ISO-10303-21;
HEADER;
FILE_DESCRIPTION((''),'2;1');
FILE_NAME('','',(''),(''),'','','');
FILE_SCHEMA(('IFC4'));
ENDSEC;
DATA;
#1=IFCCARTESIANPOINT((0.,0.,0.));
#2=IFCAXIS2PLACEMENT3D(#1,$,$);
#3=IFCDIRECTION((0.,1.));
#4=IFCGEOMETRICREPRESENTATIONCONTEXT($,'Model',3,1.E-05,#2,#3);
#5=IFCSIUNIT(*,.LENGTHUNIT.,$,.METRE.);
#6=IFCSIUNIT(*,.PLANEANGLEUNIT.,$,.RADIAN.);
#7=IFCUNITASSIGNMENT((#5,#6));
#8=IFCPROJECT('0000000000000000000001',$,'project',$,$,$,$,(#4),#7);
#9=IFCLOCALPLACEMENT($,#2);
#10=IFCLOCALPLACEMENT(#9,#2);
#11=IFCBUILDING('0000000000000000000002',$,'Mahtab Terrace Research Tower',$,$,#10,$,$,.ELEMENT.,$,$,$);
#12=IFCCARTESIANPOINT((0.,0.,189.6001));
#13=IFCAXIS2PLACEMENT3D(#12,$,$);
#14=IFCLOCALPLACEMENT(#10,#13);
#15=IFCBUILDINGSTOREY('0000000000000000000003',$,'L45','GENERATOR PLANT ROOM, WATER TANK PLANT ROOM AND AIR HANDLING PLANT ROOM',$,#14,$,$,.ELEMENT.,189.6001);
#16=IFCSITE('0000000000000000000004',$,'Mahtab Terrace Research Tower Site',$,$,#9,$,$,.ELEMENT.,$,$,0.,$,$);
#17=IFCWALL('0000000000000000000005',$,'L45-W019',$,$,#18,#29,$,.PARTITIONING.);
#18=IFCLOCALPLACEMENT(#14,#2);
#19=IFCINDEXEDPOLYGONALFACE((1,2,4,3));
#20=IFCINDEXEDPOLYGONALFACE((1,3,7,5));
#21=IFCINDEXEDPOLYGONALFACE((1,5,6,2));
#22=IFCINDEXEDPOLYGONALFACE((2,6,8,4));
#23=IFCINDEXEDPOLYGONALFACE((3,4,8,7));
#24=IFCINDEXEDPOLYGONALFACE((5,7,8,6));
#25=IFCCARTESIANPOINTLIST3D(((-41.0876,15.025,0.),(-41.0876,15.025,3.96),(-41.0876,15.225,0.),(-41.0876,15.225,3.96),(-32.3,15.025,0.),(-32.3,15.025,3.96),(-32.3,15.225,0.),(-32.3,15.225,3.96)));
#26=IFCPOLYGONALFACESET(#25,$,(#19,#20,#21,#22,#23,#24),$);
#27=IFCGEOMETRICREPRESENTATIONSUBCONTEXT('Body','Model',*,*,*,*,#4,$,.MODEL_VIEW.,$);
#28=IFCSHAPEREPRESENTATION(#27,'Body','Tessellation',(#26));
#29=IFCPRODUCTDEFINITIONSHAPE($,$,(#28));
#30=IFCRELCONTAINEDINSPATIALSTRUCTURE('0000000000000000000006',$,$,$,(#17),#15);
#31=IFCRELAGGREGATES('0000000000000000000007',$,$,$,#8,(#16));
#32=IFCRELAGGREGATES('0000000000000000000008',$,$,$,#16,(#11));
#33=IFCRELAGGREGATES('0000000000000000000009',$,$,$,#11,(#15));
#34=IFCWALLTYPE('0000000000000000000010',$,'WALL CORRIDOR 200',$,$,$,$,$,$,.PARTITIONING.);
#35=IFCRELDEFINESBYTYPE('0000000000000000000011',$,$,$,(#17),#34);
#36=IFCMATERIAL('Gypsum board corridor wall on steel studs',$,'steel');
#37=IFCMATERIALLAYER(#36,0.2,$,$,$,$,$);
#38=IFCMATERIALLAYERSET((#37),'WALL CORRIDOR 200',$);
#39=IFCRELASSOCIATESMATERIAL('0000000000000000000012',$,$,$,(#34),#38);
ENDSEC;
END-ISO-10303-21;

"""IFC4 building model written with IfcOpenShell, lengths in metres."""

from ifc_helpers import new_model, si_unit, direction, frame, frame_2d, origin, place, context, subcontext, project, spatial, rectangle, extrude, material, layer, layer_set, type_object, element, save


model = new_model("IFC4")

# Units and contexts
model_context = context("Model", 3, precision=1e-05, world=origin(), true_north=direction((0.0, 1.0)))
body_context = subcontext(model_context, "Body", "Model", "MODEL_VIEW")
ifc_project = project(units=[si_unit("LENGTHUNIT", "METRE"), si_unit("PLANEANGLEUNIT", "RADIAN")], contexts=[model_context])

# Site, building, storey
site_placement = place(None, origin())
site = spatial("IfcSite", under=ifc_project, at=site_placement, Name="Mahtab Terrace Research Tower Site", CompositionType="ELEMENT", RefElevation=0.0)
building_placement = place(site_placement, origin())
building = spatial("IfcBuilding", under=site, at=building_placement, Name="Mahtab Terrace Research Tower", CompositionType="ELEMENT")
storey_placement = place(building_placement, frame((0.0, 0.0, 189.6001)))
storey = spatial("IfcBuildingStorey", under=building, at=storey_placement, Name="L45", Description="GENERATOR PLANT ROOM, WATER TANK PLANT ROOM AND AIR HANDLING PLANT ROOM", CompositionType="ELEMENT", Elevation=189.6001)

# Wall
ifc_material_1 = material(Name="Gypsum board corridor wall on steel studs", Category="steel")
ifc_layer_1 = layer(ifc_material_1, 0.2)
ifc_layer_set_1 = layer_set([ifc_layer_1], Name="WALL CORRIDOR 200")
wall_type_1 = type_object("IfcWallType", Name="WALL CORRIDOR 200", PredefinedType="PARTITIONING", material=ifc_layer_set_1)
wall_1_placement = place(storey_placement, frame((-41.0876, 15.125, 0.0), z_axis=(0.0, 0.0, 1.0), x_axis=(1.0, 0.0, 0.0)))
element("IfcWall", 1, at=wall_1_placement, inside=storey, type_object=wall_type_1, Name="L45-W019", PredefinedType="PARTITIONING", context=body_context, shape_type="SweptSolid", body=[
    extrude(rectangle(XDim=8.7876, YDim=0.2, at=frame_2d((4.3938, 0.0))), origin(), (0.0, 0.0, 1.0), 3.96),
])

save(model, "model.ifc")
